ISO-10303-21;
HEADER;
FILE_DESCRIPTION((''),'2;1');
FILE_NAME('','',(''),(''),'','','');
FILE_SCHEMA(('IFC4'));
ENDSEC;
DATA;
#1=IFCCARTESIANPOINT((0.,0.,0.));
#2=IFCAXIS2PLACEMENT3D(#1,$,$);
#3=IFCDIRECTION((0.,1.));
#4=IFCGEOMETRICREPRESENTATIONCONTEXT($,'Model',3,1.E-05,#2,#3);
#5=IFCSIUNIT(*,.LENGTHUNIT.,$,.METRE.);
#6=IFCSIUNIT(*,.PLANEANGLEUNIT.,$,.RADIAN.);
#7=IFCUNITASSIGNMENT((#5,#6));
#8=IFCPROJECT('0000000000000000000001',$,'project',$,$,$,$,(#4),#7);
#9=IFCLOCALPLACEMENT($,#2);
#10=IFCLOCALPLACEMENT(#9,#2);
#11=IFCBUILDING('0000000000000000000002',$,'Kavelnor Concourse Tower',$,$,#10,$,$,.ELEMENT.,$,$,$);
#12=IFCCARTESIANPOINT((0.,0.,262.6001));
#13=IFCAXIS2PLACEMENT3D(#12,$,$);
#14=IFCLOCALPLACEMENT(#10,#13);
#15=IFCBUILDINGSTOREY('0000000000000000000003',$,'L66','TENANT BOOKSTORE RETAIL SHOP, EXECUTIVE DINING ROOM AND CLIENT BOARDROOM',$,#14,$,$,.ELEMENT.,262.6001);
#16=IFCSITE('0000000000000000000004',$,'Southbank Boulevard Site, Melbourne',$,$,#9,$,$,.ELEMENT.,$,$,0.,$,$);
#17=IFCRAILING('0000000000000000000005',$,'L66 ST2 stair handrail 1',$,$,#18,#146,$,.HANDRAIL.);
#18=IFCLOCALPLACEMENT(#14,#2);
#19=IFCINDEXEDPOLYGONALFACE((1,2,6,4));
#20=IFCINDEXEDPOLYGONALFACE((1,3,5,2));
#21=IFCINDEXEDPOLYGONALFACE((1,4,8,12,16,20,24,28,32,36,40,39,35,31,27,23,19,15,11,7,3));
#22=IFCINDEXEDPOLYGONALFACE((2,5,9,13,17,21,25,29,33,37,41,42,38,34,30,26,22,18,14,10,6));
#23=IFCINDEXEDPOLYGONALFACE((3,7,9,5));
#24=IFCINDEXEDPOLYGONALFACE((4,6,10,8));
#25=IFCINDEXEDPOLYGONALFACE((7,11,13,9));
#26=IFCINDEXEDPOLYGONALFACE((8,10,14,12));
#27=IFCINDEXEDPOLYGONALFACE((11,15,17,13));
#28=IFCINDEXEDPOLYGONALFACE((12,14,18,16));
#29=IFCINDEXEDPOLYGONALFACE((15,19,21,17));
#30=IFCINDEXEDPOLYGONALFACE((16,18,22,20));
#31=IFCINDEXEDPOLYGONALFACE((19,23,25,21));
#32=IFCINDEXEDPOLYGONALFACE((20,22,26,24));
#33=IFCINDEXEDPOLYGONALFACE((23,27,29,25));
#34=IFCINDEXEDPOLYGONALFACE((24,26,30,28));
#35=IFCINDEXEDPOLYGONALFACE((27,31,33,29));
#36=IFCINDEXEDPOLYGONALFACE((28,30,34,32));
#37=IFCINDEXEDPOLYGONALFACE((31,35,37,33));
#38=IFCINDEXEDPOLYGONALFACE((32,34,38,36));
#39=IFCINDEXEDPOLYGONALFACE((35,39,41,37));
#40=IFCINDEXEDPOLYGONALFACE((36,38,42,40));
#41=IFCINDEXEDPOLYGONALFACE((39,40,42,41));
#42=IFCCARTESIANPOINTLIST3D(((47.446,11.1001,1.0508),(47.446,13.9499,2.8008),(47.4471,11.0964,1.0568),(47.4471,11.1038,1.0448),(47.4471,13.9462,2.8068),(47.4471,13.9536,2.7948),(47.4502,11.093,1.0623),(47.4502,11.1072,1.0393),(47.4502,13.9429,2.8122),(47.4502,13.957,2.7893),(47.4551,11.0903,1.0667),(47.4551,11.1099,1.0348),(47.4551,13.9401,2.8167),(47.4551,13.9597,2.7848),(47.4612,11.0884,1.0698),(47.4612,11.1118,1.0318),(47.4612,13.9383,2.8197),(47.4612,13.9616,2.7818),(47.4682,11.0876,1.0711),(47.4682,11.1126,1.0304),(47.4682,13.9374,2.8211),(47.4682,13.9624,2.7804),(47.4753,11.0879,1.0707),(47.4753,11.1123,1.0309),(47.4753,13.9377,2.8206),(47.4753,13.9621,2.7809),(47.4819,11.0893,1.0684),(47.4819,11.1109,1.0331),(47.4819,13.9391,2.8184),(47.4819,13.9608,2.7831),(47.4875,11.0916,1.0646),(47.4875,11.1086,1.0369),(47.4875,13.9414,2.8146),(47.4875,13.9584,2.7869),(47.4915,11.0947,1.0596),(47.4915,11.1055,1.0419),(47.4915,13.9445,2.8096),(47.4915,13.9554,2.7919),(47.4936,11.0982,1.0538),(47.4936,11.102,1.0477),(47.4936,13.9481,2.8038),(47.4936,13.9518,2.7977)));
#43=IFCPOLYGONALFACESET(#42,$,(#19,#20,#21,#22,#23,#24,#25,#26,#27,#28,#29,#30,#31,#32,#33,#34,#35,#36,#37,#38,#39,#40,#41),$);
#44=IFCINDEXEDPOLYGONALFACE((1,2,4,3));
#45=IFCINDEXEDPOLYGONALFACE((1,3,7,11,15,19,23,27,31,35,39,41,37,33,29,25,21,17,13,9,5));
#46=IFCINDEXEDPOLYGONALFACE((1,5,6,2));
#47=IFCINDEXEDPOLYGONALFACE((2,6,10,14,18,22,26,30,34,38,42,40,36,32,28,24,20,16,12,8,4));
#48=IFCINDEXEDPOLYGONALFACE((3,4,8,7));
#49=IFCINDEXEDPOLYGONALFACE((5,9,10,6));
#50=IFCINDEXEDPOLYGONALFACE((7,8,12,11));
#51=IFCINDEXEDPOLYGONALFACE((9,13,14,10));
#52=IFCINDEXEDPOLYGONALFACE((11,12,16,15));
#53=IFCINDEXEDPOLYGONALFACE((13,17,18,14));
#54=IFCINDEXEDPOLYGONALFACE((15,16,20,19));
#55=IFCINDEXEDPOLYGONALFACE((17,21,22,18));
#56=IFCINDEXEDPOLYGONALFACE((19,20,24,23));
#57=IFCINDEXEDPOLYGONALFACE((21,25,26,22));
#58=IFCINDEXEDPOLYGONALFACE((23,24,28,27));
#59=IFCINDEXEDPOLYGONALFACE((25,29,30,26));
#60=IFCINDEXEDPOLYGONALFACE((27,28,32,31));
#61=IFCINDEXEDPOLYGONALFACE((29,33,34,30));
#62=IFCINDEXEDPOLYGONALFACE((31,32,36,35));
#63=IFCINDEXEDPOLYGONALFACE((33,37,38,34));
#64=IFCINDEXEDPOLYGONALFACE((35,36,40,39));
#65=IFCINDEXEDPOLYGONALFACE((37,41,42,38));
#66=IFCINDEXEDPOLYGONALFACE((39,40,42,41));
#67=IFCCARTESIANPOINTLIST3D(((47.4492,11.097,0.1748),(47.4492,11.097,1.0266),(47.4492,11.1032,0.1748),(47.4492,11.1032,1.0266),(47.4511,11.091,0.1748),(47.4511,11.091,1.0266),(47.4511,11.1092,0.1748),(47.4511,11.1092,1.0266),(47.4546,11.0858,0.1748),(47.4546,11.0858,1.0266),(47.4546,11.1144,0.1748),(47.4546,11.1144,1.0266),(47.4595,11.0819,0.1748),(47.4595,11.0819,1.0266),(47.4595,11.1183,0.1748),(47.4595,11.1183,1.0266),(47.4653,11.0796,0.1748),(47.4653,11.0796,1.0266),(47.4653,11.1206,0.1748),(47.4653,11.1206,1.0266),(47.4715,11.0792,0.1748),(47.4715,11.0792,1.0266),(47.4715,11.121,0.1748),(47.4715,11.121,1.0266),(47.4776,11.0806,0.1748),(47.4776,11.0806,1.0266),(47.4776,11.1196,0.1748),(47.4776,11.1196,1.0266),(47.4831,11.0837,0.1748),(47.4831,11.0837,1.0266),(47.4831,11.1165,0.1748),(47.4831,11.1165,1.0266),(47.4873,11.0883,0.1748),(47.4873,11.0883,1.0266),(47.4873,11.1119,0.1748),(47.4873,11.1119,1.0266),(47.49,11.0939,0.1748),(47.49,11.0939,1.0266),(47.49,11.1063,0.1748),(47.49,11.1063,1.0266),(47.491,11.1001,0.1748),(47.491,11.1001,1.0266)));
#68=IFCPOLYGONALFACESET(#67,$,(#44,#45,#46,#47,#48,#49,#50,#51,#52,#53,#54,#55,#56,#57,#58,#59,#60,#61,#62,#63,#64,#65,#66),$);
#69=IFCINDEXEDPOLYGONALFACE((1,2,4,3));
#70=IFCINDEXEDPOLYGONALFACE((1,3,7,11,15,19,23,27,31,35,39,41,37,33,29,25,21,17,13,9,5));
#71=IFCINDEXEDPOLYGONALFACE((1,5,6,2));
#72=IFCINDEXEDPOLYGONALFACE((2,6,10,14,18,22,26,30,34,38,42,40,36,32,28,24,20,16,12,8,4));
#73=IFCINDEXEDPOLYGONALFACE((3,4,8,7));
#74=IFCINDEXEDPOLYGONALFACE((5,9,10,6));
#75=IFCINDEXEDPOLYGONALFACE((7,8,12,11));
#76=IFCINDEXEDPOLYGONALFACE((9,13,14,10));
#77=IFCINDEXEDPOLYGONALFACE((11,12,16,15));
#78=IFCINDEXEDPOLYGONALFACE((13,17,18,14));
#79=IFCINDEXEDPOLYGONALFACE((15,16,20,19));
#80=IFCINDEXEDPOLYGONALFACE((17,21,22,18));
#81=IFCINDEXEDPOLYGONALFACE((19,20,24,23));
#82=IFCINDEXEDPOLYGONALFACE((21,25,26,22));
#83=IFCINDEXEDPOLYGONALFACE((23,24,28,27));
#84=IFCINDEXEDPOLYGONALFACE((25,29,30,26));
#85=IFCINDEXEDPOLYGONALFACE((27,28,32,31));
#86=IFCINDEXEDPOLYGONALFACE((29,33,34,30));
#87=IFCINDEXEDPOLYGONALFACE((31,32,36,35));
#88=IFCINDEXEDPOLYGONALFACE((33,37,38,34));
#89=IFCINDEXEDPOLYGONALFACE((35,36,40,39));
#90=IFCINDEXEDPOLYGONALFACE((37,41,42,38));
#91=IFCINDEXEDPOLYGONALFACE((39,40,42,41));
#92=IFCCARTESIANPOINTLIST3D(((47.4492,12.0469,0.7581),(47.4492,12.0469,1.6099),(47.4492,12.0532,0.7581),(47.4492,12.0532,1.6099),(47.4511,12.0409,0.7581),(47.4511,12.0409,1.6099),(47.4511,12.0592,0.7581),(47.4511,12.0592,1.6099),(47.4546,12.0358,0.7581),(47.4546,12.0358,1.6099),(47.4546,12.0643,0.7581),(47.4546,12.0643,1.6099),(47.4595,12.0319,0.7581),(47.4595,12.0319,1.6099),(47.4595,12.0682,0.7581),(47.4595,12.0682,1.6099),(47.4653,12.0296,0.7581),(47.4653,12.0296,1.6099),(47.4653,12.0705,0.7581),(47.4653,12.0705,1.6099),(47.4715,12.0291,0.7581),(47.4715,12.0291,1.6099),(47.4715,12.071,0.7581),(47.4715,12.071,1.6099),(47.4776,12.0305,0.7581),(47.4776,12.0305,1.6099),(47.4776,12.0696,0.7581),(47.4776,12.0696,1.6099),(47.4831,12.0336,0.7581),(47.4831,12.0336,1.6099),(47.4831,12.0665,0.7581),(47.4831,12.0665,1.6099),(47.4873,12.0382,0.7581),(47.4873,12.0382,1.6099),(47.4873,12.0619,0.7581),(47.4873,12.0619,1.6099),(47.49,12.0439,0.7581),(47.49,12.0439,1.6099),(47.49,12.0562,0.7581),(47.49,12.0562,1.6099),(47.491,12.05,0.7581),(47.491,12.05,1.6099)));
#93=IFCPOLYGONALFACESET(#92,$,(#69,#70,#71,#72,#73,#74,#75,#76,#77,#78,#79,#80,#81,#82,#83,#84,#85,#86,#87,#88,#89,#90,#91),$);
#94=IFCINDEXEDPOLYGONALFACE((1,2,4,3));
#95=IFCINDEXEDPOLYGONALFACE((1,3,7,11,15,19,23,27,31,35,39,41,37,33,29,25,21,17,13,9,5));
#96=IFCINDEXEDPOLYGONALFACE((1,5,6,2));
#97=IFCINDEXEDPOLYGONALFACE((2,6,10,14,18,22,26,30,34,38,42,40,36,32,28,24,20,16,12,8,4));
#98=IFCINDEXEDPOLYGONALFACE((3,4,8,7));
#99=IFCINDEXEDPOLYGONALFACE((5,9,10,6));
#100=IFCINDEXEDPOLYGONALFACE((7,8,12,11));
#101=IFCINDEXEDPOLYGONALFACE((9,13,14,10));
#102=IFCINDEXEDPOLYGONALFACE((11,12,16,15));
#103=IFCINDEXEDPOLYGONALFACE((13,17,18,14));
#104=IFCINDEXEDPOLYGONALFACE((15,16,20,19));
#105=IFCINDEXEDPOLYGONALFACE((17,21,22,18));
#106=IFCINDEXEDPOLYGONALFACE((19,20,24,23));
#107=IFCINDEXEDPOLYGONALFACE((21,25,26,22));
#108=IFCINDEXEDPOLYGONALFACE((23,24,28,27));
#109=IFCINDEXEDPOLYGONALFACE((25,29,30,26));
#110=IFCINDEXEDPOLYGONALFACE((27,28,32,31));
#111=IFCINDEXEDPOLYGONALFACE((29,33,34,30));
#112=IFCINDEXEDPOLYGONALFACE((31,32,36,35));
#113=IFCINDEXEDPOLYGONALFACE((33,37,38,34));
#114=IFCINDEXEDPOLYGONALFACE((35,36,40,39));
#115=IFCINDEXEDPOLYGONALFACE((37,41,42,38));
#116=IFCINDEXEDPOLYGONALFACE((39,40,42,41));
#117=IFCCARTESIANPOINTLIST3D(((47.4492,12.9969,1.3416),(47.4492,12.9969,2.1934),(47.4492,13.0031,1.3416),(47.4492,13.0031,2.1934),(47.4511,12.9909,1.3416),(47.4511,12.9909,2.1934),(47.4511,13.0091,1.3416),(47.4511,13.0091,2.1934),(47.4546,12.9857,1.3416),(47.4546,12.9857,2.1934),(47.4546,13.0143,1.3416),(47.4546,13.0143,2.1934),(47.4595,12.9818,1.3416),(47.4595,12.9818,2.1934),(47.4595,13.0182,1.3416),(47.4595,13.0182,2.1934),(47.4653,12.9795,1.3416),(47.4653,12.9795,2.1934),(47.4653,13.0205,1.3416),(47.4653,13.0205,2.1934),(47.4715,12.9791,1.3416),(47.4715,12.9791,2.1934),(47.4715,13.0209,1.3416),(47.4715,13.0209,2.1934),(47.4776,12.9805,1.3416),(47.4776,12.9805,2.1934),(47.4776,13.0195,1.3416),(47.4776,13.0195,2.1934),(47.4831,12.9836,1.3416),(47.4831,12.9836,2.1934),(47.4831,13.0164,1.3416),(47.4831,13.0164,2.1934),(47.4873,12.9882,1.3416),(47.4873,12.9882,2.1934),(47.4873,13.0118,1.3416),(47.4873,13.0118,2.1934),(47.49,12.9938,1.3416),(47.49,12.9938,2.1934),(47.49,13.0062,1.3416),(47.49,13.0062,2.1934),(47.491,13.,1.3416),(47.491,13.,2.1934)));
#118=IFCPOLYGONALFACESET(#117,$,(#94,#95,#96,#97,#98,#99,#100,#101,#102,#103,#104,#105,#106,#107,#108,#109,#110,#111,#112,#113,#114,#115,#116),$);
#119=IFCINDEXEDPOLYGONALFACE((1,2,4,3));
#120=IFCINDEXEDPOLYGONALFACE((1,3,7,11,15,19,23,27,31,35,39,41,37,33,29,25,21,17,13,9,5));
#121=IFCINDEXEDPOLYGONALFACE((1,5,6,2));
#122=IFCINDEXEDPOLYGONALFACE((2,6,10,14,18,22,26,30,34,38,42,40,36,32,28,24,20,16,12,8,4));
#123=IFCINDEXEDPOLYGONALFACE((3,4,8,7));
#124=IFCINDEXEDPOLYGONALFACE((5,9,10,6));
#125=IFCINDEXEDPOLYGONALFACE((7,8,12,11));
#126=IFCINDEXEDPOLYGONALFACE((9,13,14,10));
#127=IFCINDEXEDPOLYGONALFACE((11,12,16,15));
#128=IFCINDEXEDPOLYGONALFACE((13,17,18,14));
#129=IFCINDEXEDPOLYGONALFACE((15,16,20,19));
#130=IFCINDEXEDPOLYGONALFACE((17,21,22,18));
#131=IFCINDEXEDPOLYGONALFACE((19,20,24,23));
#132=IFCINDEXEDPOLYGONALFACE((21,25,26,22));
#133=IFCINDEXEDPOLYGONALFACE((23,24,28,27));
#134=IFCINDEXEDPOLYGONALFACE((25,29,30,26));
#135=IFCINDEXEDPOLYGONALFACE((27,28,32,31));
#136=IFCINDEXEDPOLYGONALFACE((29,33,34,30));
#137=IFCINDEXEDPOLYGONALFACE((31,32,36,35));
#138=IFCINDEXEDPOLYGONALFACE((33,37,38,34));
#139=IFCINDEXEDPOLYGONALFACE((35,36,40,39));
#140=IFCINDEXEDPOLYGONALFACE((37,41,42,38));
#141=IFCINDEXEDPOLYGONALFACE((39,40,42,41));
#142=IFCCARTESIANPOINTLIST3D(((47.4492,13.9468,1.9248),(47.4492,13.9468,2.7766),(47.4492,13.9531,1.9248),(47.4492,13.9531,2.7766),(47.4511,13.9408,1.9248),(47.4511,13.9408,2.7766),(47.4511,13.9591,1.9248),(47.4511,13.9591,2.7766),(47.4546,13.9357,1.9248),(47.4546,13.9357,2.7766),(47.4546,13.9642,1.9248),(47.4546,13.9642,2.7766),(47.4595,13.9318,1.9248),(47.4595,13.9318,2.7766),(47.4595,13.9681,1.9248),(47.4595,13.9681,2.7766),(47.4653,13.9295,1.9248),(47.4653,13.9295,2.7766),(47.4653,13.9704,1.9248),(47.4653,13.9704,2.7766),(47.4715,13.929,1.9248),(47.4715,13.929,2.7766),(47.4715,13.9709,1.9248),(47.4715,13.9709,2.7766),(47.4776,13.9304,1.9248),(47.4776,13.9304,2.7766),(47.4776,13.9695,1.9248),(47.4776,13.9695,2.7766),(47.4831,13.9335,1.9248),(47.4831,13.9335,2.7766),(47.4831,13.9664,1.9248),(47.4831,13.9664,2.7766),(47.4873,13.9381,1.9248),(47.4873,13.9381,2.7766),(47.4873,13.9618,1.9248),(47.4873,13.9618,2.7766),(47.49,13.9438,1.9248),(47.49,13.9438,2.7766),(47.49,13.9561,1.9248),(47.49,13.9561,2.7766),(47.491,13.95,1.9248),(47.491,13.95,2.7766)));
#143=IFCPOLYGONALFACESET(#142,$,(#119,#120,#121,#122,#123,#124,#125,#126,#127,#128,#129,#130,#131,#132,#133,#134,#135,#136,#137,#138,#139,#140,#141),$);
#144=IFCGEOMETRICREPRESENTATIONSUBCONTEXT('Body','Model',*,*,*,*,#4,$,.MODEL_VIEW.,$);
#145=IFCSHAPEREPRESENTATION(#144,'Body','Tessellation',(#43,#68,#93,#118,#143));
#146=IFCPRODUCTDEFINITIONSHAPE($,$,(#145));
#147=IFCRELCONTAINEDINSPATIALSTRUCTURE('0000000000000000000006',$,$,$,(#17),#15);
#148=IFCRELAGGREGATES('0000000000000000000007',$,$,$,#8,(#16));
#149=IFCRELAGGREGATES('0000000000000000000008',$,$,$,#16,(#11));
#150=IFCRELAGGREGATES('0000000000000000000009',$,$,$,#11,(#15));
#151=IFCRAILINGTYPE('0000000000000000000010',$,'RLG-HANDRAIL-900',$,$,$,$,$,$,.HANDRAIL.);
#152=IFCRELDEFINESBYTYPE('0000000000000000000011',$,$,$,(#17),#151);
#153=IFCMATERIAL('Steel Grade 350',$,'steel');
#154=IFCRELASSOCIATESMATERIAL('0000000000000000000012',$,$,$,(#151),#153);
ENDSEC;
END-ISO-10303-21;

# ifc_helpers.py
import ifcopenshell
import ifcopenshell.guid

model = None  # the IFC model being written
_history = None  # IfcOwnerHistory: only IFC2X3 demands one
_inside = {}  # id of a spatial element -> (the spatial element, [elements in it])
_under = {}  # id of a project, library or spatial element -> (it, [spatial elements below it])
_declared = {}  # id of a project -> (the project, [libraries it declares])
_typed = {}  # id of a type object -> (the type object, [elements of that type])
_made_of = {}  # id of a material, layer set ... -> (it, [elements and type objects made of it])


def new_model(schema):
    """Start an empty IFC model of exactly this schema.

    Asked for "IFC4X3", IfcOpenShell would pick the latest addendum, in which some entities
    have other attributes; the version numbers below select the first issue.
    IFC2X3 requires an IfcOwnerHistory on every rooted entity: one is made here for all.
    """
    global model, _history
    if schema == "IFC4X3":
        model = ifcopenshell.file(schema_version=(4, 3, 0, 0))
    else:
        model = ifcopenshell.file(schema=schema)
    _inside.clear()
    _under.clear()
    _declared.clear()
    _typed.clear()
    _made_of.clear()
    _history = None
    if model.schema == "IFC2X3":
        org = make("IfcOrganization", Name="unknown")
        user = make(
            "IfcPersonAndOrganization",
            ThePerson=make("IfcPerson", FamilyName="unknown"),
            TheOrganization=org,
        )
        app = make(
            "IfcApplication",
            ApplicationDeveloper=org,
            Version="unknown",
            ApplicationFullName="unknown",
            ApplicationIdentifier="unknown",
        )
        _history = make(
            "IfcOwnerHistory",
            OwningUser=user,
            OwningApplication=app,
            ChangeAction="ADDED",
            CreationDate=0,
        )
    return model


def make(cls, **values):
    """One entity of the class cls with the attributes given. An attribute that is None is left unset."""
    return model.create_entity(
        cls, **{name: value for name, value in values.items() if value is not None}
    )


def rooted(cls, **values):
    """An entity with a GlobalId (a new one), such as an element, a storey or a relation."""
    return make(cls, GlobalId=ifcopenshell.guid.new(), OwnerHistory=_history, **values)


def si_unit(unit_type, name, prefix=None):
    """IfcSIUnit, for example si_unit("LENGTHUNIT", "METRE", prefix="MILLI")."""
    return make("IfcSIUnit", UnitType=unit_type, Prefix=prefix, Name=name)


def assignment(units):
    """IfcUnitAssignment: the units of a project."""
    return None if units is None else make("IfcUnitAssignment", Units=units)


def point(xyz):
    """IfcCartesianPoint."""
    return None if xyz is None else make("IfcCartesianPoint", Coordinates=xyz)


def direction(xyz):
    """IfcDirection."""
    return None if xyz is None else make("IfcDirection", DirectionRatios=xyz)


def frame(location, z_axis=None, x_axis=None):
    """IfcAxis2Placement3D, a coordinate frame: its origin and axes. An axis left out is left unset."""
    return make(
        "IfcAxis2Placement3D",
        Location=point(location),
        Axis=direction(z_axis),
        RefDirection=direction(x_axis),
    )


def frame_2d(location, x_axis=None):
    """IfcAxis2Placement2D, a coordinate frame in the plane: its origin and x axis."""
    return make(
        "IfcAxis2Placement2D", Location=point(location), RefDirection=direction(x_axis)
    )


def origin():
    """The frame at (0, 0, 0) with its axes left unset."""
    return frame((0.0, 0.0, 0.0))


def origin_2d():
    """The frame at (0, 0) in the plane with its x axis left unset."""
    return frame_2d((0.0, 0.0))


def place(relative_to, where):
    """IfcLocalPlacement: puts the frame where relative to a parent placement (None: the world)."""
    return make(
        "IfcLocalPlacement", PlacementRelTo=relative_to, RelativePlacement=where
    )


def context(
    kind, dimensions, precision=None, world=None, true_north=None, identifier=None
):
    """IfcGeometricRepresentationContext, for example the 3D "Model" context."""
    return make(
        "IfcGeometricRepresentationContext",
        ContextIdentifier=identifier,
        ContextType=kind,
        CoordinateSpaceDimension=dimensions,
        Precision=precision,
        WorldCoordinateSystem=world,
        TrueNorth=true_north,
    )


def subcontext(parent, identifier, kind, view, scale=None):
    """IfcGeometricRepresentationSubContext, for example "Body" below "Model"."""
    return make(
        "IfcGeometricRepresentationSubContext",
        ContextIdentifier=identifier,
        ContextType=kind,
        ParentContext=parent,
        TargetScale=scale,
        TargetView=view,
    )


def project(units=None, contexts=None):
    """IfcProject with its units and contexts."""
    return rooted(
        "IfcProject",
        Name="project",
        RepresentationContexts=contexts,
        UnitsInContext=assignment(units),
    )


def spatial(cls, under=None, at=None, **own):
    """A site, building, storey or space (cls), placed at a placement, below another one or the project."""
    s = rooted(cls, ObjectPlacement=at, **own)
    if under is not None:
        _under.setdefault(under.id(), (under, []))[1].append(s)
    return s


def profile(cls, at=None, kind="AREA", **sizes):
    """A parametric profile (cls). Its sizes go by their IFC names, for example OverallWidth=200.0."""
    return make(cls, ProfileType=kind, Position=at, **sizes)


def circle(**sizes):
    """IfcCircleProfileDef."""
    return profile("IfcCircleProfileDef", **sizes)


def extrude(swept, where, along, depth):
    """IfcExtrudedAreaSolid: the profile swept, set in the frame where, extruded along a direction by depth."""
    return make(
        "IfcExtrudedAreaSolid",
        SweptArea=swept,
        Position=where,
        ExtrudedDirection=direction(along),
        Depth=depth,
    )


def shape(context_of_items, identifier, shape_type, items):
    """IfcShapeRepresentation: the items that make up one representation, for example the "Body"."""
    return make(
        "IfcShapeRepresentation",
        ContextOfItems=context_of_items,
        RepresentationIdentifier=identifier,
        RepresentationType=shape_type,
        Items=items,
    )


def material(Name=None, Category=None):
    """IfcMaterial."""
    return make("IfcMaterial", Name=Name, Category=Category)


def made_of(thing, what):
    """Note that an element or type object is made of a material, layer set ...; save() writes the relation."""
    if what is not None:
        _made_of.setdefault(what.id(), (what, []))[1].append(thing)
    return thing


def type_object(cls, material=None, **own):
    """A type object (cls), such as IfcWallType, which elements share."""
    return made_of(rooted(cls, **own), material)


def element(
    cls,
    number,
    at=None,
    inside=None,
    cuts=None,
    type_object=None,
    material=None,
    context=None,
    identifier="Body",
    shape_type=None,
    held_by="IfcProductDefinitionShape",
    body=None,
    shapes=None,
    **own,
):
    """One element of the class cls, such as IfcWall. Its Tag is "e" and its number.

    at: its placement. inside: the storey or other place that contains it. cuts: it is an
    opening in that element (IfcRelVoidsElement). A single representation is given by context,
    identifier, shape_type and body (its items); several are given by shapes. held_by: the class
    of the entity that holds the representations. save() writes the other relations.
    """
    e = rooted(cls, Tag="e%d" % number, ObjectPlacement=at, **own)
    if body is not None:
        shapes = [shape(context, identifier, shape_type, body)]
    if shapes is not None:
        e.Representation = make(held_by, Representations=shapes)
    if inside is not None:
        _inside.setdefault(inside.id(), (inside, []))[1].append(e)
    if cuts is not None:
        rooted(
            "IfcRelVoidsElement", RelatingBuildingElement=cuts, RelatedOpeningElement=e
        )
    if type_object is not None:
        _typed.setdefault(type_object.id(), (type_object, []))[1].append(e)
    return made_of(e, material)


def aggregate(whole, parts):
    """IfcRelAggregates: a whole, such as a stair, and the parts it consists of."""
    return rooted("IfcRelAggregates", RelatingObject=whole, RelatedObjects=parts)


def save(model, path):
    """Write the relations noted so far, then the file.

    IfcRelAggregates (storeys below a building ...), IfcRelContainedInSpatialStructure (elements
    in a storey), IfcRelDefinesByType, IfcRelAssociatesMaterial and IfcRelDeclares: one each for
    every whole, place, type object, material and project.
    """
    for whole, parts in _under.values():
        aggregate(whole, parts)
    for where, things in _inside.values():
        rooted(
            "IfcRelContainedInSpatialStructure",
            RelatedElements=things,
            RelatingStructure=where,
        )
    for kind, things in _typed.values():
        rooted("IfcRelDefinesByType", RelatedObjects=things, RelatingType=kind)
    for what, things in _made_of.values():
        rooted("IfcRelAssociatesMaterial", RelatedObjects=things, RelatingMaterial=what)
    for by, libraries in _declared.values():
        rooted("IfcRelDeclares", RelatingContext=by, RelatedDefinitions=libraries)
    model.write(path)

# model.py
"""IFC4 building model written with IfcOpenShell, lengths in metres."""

from ifc_helpers import new_model, si_unit, direction, frame, origin, origin_2d, place, context, subcontext, project, spatial, circle, extrude, material, type_object, element, save


model = new_model("IFC4")

# Units and contexts
model_context = context("Model", 3, precision=1e-05, world=origin(), true_north=direction((0.0, 1.0)))
body_context = subcontext(model_context, "Body", "Model", "MODEL_VIEW")
ifc_project = project(units=[si_unit("LENGTHUNIT", "METRE"), si_unit("PLANEANGLEUNIT", "RADIAN")], contexts=[model_context])

# Site, building, storey
site_placement = place(None, origin())
site = spatial("IfcSite", under=ifc_project, at=site_placement, Name="Southbank Boulevard Site, Melbourne", CompositionType="ELEMENT", RefElevation=0.0)
building_placement = place(site_placement, origin())
building = spatial("IfcBuilding", under=site, at=building_placement, Name="Kavelnor Concourse Tower", CompositionType="ELEMENT")
storey_placement = place(building_placement, frame((0.0, 0.0, 262.6001)))
storey = spatial("IfcBuildingStorey", under=building, at=storey_placement, Name="L66", Description="TENANT BOOKSTORE RETAIL SHOP, EXECUTIVE DINING ROOM AND CLIENT BOARDROOM", CompositionType="ELEMENT", Elevation=262.6001)

# Shared definitions
ifc_material_1 = material(Name="Steel Grade 350", Category="steel")

# Railing
railing_type_1 = type_object("IfcRailingType", Name="RLG-HANDRAIL-900", PredefinedType="HANDRAIL", material=ifc_material_1)
railing_1_placement = place(storey_placement, frame((47.47, 11.1001, 0.1748)))
element("IfcRailing", 1, at=railing_1_placement, inside=storey, type_object=railing_type_1, Name="L66 ST2 stair handrail 1", PredefinedType="HANDRAIL", context=body_context, shape_type="SweptSolid", body=[
    extrude(circle(Radius=0.0239, at=origin_2d()), frame((0.0, 0.0, 0.876), z_axis=(0.0, 0.852159, 0.523283), x_axis=(-1.0, 0.0, 0.0)), (0.0, 0.0, 1.0), 3.3442),
    extrude(circle(Radius=0.021, at=origin_2d()), origin(), (0.0, 0.0, 1.0), 0.8518),
    extrude(circle(Radius=0.021, at=origin_2d()), frame((0.0, 0.95, 0.5833)), (0.0, 0.0, 1.0), 0.8518),
    extrude(circle(Radius=0.021, at=origin_2d()), frame((0.0, 1.8999, 1.1667)), (0.0, 0.0, 1.0), 0.8518),
    extrude(circle(Radius=0.021, at=origin_2d()), frame((0.0, 2.8499, 1.75)), (0.0, 0.0, 1.0), 0.8518),
])

save(model, "model.ifc")
